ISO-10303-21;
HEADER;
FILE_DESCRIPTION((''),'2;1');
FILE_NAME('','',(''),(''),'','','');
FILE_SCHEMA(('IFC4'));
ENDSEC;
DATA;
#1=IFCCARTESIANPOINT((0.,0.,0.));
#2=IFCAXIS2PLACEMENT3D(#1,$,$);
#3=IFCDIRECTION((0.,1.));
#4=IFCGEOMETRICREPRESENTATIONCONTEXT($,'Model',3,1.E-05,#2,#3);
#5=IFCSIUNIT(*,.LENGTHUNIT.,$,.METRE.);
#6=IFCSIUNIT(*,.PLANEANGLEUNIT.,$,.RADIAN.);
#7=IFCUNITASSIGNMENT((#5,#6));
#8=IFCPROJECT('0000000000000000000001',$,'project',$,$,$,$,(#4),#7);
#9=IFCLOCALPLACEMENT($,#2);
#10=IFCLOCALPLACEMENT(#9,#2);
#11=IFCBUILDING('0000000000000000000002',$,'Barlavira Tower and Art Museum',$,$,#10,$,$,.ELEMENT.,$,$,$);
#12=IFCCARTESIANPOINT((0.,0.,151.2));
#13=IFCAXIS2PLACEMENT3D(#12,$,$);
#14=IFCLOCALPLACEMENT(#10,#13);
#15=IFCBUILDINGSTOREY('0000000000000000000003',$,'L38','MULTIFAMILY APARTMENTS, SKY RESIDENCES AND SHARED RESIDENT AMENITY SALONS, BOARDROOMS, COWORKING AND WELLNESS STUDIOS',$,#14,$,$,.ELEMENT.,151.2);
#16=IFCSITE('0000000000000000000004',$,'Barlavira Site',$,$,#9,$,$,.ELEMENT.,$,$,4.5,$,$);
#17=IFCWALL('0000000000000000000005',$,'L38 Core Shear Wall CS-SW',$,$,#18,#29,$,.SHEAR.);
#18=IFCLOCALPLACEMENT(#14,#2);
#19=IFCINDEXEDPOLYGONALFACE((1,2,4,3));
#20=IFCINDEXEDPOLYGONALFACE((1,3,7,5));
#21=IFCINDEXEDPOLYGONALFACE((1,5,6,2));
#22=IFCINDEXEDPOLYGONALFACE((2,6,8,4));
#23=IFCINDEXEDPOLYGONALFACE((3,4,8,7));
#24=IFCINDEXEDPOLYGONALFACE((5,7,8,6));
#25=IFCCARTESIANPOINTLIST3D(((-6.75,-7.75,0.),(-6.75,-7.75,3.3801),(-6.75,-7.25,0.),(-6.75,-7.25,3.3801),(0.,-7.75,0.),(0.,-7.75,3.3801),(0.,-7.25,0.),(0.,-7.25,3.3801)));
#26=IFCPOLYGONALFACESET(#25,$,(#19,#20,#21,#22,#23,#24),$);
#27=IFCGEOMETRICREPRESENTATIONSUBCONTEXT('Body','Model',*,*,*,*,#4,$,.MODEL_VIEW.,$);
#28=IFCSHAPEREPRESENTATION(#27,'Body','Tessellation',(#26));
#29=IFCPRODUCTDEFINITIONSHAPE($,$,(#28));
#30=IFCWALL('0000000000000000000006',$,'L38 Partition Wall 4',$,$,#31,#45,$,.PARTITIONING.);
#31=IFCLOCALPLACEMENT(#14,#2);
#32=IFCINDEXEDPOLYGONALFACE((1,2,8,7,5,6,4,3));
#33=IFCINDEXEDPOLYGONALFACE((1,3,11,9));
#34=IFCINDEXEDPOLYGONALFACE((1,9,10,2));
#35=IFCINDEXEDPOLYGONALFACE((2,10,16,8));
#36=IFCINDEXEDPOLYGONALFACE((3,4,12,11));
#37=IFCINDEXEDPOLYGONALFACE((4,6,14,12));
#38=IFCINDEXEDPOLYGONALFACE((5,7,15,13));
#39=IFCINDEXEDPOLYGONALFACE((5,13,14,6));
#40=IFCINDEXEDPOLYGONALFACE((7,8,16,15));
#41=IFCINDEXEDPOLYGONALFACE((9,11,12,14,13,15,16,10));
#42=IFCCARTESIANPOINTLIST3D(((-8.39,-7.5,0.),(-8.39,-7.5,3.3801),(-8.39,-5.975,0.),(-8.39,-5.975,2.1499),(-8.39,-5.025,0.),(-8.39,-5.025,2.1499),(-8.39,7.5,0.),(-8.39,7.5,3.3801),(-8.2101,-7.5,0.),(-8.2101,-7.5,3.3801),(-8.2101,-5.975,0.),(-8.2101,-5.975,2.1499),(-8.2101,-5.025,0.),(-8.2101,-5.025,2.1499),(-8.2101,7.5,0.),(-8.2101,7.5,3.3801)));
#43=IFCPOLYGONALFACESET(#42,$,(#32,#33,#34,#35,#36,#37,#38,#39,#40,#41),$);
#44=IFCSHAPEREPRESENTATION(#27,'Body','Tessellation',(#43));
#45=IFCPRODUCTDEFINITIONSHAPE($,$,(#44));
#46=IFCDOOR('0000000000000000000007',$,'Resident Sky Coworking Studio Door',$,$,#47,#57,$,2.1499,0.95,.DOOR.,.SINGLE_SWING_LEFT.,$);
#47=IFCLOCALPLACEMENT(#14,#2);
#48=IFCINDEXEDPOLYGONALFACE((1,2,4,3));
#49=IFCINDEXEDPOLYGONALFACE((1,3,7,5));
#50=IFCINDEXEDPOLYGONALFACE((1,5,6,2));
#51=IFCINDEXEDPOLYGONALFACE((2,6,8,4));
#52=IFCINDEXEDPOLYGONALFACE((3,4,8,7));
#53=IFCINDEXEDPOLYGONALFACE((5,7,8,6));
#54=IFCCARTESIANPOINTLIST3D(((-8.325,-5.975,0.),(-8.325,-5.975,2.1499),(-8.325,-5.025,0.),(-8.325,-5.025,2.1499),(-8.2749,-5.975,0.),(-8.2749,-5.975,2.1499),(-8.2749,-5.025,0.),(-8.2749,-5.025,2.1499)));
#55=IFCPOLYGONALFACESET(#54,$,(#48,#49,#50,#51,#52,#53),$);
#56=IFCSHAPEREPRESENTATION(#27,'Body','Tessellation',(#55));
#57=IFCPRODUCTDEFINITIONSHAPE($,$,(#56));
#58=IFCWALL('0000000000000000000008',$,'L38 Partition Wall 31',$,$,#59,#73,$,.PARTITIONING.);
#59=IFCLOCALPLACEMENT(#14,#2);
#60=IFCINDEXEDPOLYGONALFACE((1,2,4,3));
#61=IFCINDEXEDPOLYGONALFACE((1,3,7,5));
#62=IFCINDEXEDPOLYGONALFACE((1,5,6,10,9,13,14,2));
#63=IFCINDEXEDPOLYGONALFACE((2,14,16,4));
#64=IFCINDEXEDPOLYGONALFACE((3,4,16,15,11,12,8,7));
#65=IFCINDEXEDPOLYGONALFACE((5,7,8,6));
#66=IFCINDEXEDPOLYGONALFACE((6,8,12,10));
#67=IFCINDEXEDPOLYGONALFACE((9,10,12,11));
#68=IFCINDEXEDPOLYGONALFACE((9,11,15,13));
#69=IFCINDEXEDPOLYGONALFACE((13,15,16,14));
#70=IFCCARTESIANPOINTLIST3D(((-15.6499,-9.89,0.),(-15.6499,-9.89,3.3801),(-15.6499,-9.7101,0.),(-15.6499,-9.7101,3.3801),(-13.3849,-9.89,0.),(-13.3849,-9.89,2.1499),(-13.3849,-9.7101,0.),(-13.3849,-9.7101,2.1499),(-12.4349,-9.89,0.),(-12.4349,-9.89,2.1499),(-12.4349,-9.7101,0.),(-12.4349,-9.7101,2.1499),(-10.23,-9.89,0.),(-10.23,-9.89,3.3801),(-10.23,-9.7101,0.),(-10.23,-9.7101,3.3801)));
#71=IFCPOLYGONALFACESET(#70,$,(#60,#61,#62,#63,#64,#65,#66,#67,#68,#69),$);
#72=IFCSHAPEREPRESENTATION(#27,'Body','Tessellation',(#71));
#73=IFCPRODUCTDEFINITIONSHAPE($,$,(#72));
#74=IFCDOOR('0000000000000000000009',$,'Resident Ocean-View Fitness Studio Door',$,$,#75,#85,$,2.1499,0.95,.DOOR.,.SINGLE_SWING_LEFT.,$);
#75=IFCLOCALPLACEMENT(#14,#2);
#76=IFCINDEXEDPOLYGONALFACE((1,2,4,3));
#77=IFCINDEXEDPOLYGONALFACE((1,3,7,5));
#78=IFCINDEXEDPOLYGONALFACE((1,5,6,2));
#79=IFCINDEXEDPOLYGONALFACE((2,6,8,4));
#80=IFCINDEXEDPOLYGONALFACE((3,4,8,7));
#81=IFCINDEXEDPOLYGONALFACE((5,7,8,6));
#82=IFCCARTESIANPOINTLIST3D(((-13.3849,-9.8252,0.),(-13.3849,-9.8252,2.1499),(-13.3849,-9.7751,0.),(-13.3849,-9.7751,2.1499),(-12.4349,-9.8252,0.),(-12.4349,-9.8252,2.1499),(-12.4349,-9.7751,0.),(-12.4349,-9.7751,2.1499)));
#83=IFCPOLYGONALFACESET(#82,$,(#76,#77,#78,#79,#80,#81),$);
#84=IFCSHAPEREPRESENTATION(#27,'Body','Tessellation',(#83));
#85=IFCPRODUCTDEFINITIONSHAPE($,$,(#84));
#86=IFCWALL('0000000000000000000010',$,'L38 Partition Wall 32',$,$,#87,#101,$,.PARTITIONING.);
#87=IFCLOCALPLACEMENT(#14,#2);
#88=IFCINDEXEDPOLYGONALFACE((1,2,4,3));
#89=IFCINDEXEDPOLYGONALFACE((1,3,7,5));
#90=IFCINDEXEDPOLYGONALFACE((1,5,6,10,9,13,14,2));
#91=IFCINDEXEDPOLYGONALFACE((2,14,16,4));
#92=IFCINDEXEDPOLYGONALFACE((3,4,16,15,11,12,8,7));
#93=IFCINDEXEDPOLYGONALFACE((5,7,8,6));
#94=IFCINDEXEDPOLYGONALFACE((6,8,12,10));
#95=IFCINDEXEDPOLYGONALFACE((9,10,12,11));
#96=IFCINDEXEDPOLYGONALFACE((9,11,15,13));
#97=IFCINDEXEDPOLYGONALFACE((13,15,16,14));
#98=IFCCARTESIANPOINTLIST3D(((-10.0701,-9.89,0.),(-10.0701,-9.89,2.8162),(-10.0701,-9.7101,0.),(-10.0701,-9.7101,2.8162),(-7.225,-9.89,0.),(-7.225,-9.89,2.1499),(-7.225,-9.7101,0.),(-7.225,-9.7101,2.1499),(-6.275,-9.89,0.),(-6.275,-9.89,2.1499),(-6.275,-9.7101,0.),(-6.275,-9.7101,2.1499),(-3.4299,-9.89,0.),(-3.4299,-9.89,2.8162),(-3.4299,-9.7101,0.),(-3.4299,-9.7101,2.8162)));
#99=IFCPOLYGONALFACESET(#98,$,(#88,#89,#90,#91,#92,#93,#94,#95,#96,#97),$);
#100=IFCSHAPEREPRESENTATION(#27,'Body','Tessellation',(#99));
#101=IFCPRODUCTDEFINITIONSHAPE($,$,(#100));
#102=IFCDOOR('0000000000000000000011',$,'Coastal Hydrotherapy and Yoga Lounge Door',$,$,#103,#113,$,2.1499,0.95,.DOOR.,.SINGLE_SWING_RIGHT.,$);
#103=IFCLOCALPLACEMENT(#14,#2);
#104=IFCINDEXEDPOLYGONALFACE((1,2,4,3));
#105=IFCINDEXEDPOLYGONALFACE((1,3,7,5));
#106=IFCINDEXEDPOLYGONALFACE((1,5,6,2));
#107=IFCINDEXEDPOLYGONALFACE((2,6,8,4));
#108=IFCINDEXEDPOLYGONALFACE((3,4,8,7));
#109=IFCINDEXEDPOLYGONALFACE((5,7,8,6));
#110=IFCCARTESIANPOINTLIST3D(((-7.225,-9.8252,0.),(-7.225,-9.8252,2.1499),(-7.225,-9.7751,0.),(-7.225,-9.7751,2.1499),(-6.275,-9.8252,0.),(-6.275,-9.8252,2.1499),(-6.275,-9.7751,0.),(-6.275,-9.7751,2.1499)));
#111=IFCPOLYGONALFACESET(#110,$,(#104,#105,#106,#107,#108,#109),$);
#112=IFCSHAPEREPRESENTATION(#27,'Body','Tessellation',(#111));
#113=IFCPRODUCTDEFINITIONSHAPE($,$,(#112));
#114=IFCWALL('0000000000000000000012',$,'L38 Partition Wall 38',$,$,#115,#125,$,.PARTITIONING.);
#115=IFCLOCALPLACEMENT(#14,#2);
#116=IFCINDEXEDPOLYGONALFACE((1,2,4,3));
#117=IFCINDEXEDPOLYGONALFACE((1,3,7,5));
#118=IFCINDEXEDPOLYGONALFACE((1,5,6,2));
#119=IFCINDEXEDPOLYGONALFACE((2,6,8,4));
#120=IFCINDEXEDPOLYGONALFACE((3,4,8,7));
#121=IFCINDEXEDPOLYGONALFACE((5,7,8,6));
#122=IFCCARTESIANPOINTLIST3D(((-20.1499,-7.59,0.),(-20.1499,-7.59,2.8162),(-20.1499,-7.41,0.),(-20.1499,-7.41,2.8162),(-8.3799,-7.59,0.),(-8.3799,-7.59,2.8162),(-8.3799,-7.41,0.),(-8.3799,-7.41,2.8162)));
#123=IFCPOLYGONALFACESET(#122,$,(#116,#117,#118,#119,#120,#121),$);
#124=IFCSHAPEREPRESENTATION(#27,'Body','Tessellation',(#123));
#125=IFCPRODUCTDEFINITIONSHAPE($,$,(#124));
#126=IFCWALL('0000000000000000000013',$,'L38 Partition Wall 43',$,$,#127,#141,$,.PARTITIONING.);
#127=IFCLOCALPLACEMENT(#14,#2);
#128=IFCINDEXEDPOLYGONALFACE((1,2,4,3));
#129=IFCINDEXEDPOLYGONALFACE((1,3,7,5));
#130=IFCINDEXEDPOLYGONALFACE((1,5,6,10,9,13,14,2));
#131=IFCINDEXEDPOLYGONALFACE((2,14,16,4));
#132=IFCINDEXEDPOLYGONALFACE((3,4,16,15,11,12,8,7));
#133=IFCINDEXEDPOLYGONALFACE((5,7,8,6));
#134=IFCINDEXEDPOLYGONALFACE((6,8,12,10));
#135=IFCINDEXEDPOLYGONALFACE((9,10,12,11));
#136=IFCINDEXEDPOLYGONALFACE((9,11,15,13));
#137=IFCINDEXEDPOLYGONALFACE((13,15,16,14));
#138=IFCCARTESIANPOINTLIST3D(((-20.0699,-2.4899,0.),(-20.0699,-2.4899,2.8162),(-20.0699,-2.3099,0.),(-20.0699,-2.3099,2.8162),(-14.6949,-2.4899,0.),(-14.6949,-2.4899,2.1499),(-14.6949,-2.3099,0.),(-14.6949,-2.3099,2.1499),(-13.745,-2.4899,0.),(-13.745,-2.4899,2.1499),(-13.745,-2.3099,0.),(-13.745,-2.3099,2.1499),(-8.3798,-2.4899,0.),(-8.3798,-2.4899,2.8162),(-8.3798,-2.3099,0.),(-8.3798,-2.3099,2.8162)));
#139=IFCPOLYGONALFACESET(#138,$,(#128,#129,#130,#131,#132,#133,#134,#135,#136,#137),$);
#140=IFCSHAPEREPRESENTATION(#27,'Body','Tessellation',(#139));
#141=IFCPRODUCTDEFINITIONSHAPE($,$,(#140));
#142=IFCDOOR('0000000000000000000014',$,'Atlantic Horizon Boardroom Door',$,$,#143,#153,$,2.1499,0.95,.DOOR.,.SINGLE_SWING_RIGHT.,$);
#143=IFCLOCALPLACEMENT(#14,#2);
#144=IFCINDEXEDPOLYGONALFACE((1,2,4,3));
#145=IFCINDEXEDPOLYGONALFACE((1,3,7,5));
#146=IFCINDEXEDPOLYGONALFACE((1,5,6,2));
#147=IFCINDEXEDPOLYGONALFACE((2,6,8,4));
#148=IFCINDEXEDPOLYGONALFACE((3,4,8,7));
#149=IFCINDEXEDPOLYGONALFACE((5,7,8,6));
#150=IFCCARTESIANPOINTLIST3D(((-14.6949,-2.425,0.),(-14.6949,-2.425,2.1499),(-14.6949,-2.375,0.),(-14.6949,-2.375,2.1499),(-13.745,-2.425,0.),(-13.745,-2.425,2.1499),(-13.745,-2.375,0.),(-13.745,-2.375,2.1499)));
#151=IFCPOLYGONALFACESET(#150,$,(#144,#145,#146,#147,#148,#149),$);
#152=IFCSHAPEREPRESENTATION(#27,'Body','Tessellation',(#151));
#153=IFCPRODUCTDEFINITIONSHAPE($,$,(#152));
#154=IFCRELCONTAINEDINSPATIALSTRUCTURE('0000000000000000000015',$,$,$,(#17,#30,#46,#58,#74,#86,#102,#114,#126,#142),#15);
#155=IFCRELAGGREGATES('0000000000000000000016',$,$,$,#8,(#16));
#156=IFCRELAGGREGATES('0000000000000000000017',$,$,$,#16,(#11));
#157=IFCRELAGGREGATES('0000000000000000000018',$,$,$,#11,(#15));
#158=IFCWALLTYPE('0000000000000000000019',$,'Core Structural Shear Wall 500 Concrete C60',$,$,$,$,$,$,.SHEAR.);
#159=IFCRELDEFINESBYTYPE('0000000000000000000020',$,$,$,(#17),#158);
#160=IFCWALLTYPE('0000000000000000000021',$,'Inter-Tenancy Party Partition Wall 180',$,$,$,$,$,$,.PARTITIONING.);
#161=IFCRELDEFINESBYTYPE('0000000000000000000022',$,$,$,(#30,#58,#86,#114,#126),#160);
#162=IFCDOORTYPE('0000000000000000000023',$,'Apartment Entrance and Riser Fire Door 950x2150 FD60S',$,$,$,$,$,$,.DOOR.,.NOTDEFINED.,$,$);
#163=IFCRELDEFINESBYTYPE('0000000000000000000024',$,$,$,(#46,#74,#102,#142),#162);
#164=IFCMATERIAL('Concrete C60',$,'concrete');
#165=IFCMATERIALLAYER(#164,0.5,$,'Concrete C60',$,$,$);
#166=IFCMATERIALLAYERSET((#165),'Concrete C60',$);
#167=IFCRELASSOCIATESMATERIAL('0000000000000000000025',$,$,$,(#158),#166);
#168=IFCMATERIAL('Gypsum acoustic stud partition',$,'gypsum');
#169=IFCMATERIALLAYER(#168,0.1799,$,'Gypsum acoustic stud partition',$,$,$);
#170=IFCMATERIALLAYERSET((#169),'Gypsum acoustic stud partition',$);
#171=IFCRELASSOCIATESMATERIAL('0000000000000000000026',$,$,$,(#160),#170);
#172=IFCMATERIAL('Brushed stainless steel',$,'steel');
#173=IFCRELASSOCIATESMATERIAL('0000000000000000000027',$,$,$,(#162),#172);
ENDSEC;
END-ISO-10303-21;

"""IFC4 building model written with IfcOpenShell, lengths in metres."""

from ifc_helpers import new_model, si_unit, direction, frame, frame_2d, origin, place, context, subcontext, project, spatial, rectangle, extrude, material, layer, layer_set, type_object, element, fill, save


model = new_model("IFC4")

# Units and contexts
model_context = context("Model", 3, precision=1e-05, world=origin(), true_north=direction((0.0, 1.0)))
body_context = subcontext(model_context, "Body", "Model", "MODEL_VIEW")
ifc_project = project(units=[si_unit("LENGTHUNIT", "METRE"), si_unit("PLANEANGLEUNIT", "RADIAN")], contexts=[model_context])

# Site, building, storey
site_placement = place(None, origin())
site = spatial("IfcSite", under=ifc_project, at=site_placement, Name="Barlavira Site", CompositionType="ELEMENT", RefElevation=4.5)
building_placement = place(site_placement, origin())
building = spatial("IfcBuilding", under=site, at=building_placement, Name="Barlavira Tower and Art Museum", CompositionType="ELEMENT")
storey_placement = place(building_placement, frame((0.0, 0.0, 151.2)))
storey = spatial("IfcBuildingStorey", under=building, at=storey_placement, Name="L38", Description="MULTIFAMILY APARTMENTS, SKY RESIDENCES AND SHARED RESIDENT AMENITY SALONS, BOARDROOMS, COWORKING AND WELLNESS STUDIOS", CompositionType="ELEMENT", Elevation=151.2)

# Shared definitions
ifc_material_1 = material(Name="Concrete C60", Category="concrete")

# Wall
ifc_layer_1 = layer(ifc_material_1, 0.5, Name="Concrete C60")
ifc_layer_set_1 = layer_set([ifc_layer_1], Name="Concrete C60")
wall_type_1 = type_object("IfcWallType", Name="Core Structural Shear Wall 500 Concrete C60", PredefinedType="SHEAR", material=ifc_layer_set_1)
wall_1_placement = place(storey_placement, frame((-6.75, -7.5, 0.0), z_axis=(0.0, 0.0, 1.0), x_axis=(1.0, 0.0, 0.0)))
element("IfcWall", 1, at=wall_1_placement, inside=storey, type_object=wall_type_1, Name="L38 Core Shear Wall CS-SW", PredefinedType="SHEAR", context=body_context, shape_type="SweptSolid", body=[
    extrude(rectangle(XDim=6.75, YDim=0.5, at=frame_2d((3.375, 0.0))), origin(), (0.0, 0.0, 1.0), 3.3801),
])

# Walls, openings, doors
ifc_material_2 = material(Name="Gypsum acoustic stud partition", Category="gypsum")
ifc_layer_2 = layer(ifc_material_2, 0.1799, Name="Gypsum acoustic stud partition")
ifc_layer_set_2 = layer_set([ifc_layer_2], Name="Gypsum acoustic stud partition")
wall_type_2 = type_object("IfcWallType", Name="Inter-Tenancy Party Partition Wall 180", PredefinedType="PARTITIONING", material=ifc_layer_set_2)
wall_2_placement = place(storey_placement, frame((-8.3, -7.5, 0.0), z_axis=(0.0, 0.0, 1.0), x_axis=(0.0, 1.0, 0.0)))
wall_2 = element("IfcWall", 2, at=wall_2_placement, inside=storey, type_object=wall_type_2, Name="L38 Partition Wall 4", PredefinedType="PARTITIONING", context=body_context, shape_type="SweptSolid", body=[
    extrude(rectangle(XDim=15.0, YDim=0.1799, at=frame_2d((7.5, 0.0))), origin(), (0.0, 0.0, 1.0), 3.3801),
])
opening_1_placement = place(wall_2_placement, frame((1.5249, 0.0, 0.0)))
opening_1 = element("IfcOpeningElement", 3, at=opening_1_placement, cuts=wall_2, PredefinedType="OPENING", context=body_context, shape_type="SweptSolid", body=[
    extrude(rectangle(XDim=0.95, YDim=2.1499, at=frame_2d((0.4751, 1.075))), frame((0.0, 0.1001, 0.0), z_axis=(0.0, -1.0, 0.0), x_axis=(1.0, 0.0, 0.0)), (0.0, 0.0, 1.0), 0.2),
])
ifc_material_3 = material(Name="Brushed stainless steel", Category="steel")
door_type = type_object("IfcDoorType", Name="Apartment Entrance and Riser Fire Door 950x2150 FD60S", OperationType="NOTDEFINED", PredefinedType="DOOR", material=ifc_material_3)
door_1_placement = place(opening_1_placement, origin())
door_1 = element("IfcDoor", 4, at=door_1_placement, inside=storey, type_object=door_type, Name="Resident Sky Coworking Studio Door", OperationType="SINGLE_SWING_LEFT", OverallHeight=2.1499, OverallWidth=0.95, PredefinedType="DOOR", context=body_context, shape_type="SweptSolid", body=[
    extrude(rectangle(XDim=0.95, YDim=2.1499, at=frame_2d((0.4751, 1.075))), frame((0.0, 0.0249, 0.0), z_axis=(0.0, -1.0, 0.0), x_axis=(1.0, 0.0, 0.0)), (0.0, 0.0, 1.0), 0.05),
])
fill(opening_1, door_1)
wall_3_placement = place(storey_placement, frame((-15.6499, -9.8, 0.0), z_axis=(0.0, 0.0, 1.0), x_axis=(1.0, 0.0, 0.0)))
wall_3 = element("IfcWall", 5, at=wall_3_placement, inside=storey, type_object=wall_type_2, Name="L38 Partition Wall 31", PredefinedType="PARTITIONING", context=body_context, shape_type="SweptSolid", body=[
    extrude(rectangle(XDim=5.4199, YDim=0.1799, at=frame_2d((2.71, 0.0))), origin(), (0.0, 0.0, 1.0), 3.3801),
])
opening_2_placement = place(wall_3_placement, frame((2.2649, 0.0, 0.0)))
opening_2 = element("IfcOpeningElement", 6, at=opening_2_placement, cuts=wall_3, PredefinedType="OPENING", context=body_context, shape_type="SweptSolid", body=[
    extrude(rectangle(XDim=0.95, YDim=2.1499, at=frame_2d((0.4751, 1.075))), frame((0.0, 0.1001, 0.0), z_axis=(0.0, -1.0, 0.0), x_axis=(1.0, 0.0, 0.0)), (0.0, 0.0, 1.0), 0.2),
])
door_2_placement = place(opening_2_placement, origin())
door_2 = element("IfcDoor", 7, at=door_2_placement, inside=storey, type_object=door_type, Name="Resident Ocean-View Fitness Studio Door", OperationType="SINGLE_SWING_LEFT", OverallHeight=2.1499, OverallWidth=0.95, PredefinedType="DOOR", context=body_context, shape_type="SweptSolid", body=[
    extrude(rectangle(XDim=0.95, YDim=2.1499, at=frame_2d((0.4751, 1.075))), frame((0.0, 0.0249, 0.0), z_axis=(0.0, -1.0, 0.0), x_axis=(1.0, 0.0, 0.0)), (0.0, 0.0, 1.0), 0.05),
])
fill(opening_2, door_2)
wall_4_placement = place(storey_placement, frame((-10.0701, -9.8, 0.0), z_axis=(0.0, 0.0, 1.0), x_axis=(1.0, 0.0, 0.0)))
wall_4 = element("IfcWall", 8, at=wall_4_placement, inside=storey, type_object=wall_type_2, Name="L38 Partition Wall 32", PredefinedType="PARTITIONING", context=body_context, shape_type="SweptSolid", body=[
    extrude(rectangle(XDim=6.6401, YDim=0.1799, at=frame_2d((3.3201, 0.0))), origin(), (0.0, 0.0, 1.0), 2.8162),
])
opening_3_placement = place(wall_4_placement, frame((2.845, 0.0, 0.0)))
opening_3 = element("IfcOpeningElement", 9, at=opening_3_placement, cuts=wall_4, PredefinedType="OPENING", context=body_context, shape_type="SweptSolid", body=[
    extrude(rectangle(XDim=0.95, YDim=2.1499, at=frame_2d((0.4751, 1.075))), frame((0.0, 0.1001, 0.0), z_axis=(0.0, -1.0, 0.0), x_axis=(1.0, 0.0, 0.0)), (0.0, 0.0, 1.0), 0.2),
])
door_3_placement = place(opening_3_placement, origin())
door_3 = element("IfcDoor", 10, at=door_3_placement, inside=storey, type_object=door_type, Name="Coastal Hydrotherapy and Yoga Lounge Door", OperationType="SINGLE_SWING_RIGHT", OverallHeight=2.1499, OverallWidth=0.95, PredefinedType="DOOR", context=body_context, shape_type="SweptSolid", body=[
    extrude(rectangle(XDim=0.95, YDim=2.1499, at=frame_2d((0.4751, 1.075))), frame((0.0, 0.0249, 0.0), z_axis=(0.0, -1.0, 0.0), x_axis=(1.0, 0.0, 0.0)), (0.0, 0.0, 1.0), 0.05),
])
fill(opening_3, door_3)

# Wall
wall_5_placement = place(storey_placement, frame((-20.1499, -7.5, 0.0), z_axis=(0.0, 0.0, 1.0), x_axis=(1.0, 0.0, 0.0)))
element("IfcWall", 11, at=wall_5_placement, inside=storey, type_object=wall_type_2, Name="L38 Partition Wall 38", PredefinedType="PARTITIONING", context=body_context, shape_type="SweptSolid", body=[
    extrude(rectangle(XDim=11.77, YDim=0.1799, at=frame_2d((5.885, 0.0))), origin(), (0.0, 0.0, 1.0), 2.8162),
])

# Wall, opening, door
wall_6_placement = place(storey_placement, frame((-20.0701, -2.3999, 0.0), z_axis=(0.0, 0.0, 1.0), x_axis=(1.0, 0.0, 0.0)))
wall_6 = element("IfcWall", 12, at=wall_6_placement, inside=storey, type_object=wall_type_2, Name="L38 Partition Wall 43", PredefinedType="PARTITIONING", context=body_context, shape_type="SweptSolid", body=[
    extrude(rectangle(XDim=11.6902, YDim=0.1799, at=frame_2d((5.8452, 0.0))), origin(), (0.0, 0.0, 1.0), 2.8162),
])
opening_4_placement = place(wall_6_placement, frame((5.375, 0.0, 0.0)))
opening_4 = element("IfcOpeningElement", 13, at=opening_4_placement, cuts=wall_6, PredefinedType="OPENING", context=body_context, shape_type="SweptSolid", body=[
    extrude(rectangle(XDim=0.95, YDim=2.1499, at=frame_2d((0.4751, 1.075))), frame((0.0, 0.1001, 0.0), z_axis=(0.0, -1.0, 0.0), x_axis=(1.0, 0.0, 0.0)), (0.0, 0.0, 1.0), 0.2),
])
door_4_placement = place(opening_4_placement, origin())
door_4 = element("IfcDoor", 14, at=door_4_placement, inside=storey, type_object=door_type, Name="Atlantic Horizon Boardroom Door", OperationType="SINGLE_SWING_RIGHT", OverallHeight=2.1499, OverallWidth=0.95, PredefinedType="DOOR", context=body_context, shape_type="SweptSolid", body=[
    extrude(rectangle(XDim=0.95, YDim=2.1499, at=frame_2d((0.4751, 1.075))), frame((0.0, 0.0249, 0.0), z_axis=(0.0, -1.0, 0.0), x_axis=(1.0, 0.0, 0.0)), (0.0, 0.0, 1.0), 0.05),
])
fill(opening_4, door_4)

save(model, "model.ifc")
